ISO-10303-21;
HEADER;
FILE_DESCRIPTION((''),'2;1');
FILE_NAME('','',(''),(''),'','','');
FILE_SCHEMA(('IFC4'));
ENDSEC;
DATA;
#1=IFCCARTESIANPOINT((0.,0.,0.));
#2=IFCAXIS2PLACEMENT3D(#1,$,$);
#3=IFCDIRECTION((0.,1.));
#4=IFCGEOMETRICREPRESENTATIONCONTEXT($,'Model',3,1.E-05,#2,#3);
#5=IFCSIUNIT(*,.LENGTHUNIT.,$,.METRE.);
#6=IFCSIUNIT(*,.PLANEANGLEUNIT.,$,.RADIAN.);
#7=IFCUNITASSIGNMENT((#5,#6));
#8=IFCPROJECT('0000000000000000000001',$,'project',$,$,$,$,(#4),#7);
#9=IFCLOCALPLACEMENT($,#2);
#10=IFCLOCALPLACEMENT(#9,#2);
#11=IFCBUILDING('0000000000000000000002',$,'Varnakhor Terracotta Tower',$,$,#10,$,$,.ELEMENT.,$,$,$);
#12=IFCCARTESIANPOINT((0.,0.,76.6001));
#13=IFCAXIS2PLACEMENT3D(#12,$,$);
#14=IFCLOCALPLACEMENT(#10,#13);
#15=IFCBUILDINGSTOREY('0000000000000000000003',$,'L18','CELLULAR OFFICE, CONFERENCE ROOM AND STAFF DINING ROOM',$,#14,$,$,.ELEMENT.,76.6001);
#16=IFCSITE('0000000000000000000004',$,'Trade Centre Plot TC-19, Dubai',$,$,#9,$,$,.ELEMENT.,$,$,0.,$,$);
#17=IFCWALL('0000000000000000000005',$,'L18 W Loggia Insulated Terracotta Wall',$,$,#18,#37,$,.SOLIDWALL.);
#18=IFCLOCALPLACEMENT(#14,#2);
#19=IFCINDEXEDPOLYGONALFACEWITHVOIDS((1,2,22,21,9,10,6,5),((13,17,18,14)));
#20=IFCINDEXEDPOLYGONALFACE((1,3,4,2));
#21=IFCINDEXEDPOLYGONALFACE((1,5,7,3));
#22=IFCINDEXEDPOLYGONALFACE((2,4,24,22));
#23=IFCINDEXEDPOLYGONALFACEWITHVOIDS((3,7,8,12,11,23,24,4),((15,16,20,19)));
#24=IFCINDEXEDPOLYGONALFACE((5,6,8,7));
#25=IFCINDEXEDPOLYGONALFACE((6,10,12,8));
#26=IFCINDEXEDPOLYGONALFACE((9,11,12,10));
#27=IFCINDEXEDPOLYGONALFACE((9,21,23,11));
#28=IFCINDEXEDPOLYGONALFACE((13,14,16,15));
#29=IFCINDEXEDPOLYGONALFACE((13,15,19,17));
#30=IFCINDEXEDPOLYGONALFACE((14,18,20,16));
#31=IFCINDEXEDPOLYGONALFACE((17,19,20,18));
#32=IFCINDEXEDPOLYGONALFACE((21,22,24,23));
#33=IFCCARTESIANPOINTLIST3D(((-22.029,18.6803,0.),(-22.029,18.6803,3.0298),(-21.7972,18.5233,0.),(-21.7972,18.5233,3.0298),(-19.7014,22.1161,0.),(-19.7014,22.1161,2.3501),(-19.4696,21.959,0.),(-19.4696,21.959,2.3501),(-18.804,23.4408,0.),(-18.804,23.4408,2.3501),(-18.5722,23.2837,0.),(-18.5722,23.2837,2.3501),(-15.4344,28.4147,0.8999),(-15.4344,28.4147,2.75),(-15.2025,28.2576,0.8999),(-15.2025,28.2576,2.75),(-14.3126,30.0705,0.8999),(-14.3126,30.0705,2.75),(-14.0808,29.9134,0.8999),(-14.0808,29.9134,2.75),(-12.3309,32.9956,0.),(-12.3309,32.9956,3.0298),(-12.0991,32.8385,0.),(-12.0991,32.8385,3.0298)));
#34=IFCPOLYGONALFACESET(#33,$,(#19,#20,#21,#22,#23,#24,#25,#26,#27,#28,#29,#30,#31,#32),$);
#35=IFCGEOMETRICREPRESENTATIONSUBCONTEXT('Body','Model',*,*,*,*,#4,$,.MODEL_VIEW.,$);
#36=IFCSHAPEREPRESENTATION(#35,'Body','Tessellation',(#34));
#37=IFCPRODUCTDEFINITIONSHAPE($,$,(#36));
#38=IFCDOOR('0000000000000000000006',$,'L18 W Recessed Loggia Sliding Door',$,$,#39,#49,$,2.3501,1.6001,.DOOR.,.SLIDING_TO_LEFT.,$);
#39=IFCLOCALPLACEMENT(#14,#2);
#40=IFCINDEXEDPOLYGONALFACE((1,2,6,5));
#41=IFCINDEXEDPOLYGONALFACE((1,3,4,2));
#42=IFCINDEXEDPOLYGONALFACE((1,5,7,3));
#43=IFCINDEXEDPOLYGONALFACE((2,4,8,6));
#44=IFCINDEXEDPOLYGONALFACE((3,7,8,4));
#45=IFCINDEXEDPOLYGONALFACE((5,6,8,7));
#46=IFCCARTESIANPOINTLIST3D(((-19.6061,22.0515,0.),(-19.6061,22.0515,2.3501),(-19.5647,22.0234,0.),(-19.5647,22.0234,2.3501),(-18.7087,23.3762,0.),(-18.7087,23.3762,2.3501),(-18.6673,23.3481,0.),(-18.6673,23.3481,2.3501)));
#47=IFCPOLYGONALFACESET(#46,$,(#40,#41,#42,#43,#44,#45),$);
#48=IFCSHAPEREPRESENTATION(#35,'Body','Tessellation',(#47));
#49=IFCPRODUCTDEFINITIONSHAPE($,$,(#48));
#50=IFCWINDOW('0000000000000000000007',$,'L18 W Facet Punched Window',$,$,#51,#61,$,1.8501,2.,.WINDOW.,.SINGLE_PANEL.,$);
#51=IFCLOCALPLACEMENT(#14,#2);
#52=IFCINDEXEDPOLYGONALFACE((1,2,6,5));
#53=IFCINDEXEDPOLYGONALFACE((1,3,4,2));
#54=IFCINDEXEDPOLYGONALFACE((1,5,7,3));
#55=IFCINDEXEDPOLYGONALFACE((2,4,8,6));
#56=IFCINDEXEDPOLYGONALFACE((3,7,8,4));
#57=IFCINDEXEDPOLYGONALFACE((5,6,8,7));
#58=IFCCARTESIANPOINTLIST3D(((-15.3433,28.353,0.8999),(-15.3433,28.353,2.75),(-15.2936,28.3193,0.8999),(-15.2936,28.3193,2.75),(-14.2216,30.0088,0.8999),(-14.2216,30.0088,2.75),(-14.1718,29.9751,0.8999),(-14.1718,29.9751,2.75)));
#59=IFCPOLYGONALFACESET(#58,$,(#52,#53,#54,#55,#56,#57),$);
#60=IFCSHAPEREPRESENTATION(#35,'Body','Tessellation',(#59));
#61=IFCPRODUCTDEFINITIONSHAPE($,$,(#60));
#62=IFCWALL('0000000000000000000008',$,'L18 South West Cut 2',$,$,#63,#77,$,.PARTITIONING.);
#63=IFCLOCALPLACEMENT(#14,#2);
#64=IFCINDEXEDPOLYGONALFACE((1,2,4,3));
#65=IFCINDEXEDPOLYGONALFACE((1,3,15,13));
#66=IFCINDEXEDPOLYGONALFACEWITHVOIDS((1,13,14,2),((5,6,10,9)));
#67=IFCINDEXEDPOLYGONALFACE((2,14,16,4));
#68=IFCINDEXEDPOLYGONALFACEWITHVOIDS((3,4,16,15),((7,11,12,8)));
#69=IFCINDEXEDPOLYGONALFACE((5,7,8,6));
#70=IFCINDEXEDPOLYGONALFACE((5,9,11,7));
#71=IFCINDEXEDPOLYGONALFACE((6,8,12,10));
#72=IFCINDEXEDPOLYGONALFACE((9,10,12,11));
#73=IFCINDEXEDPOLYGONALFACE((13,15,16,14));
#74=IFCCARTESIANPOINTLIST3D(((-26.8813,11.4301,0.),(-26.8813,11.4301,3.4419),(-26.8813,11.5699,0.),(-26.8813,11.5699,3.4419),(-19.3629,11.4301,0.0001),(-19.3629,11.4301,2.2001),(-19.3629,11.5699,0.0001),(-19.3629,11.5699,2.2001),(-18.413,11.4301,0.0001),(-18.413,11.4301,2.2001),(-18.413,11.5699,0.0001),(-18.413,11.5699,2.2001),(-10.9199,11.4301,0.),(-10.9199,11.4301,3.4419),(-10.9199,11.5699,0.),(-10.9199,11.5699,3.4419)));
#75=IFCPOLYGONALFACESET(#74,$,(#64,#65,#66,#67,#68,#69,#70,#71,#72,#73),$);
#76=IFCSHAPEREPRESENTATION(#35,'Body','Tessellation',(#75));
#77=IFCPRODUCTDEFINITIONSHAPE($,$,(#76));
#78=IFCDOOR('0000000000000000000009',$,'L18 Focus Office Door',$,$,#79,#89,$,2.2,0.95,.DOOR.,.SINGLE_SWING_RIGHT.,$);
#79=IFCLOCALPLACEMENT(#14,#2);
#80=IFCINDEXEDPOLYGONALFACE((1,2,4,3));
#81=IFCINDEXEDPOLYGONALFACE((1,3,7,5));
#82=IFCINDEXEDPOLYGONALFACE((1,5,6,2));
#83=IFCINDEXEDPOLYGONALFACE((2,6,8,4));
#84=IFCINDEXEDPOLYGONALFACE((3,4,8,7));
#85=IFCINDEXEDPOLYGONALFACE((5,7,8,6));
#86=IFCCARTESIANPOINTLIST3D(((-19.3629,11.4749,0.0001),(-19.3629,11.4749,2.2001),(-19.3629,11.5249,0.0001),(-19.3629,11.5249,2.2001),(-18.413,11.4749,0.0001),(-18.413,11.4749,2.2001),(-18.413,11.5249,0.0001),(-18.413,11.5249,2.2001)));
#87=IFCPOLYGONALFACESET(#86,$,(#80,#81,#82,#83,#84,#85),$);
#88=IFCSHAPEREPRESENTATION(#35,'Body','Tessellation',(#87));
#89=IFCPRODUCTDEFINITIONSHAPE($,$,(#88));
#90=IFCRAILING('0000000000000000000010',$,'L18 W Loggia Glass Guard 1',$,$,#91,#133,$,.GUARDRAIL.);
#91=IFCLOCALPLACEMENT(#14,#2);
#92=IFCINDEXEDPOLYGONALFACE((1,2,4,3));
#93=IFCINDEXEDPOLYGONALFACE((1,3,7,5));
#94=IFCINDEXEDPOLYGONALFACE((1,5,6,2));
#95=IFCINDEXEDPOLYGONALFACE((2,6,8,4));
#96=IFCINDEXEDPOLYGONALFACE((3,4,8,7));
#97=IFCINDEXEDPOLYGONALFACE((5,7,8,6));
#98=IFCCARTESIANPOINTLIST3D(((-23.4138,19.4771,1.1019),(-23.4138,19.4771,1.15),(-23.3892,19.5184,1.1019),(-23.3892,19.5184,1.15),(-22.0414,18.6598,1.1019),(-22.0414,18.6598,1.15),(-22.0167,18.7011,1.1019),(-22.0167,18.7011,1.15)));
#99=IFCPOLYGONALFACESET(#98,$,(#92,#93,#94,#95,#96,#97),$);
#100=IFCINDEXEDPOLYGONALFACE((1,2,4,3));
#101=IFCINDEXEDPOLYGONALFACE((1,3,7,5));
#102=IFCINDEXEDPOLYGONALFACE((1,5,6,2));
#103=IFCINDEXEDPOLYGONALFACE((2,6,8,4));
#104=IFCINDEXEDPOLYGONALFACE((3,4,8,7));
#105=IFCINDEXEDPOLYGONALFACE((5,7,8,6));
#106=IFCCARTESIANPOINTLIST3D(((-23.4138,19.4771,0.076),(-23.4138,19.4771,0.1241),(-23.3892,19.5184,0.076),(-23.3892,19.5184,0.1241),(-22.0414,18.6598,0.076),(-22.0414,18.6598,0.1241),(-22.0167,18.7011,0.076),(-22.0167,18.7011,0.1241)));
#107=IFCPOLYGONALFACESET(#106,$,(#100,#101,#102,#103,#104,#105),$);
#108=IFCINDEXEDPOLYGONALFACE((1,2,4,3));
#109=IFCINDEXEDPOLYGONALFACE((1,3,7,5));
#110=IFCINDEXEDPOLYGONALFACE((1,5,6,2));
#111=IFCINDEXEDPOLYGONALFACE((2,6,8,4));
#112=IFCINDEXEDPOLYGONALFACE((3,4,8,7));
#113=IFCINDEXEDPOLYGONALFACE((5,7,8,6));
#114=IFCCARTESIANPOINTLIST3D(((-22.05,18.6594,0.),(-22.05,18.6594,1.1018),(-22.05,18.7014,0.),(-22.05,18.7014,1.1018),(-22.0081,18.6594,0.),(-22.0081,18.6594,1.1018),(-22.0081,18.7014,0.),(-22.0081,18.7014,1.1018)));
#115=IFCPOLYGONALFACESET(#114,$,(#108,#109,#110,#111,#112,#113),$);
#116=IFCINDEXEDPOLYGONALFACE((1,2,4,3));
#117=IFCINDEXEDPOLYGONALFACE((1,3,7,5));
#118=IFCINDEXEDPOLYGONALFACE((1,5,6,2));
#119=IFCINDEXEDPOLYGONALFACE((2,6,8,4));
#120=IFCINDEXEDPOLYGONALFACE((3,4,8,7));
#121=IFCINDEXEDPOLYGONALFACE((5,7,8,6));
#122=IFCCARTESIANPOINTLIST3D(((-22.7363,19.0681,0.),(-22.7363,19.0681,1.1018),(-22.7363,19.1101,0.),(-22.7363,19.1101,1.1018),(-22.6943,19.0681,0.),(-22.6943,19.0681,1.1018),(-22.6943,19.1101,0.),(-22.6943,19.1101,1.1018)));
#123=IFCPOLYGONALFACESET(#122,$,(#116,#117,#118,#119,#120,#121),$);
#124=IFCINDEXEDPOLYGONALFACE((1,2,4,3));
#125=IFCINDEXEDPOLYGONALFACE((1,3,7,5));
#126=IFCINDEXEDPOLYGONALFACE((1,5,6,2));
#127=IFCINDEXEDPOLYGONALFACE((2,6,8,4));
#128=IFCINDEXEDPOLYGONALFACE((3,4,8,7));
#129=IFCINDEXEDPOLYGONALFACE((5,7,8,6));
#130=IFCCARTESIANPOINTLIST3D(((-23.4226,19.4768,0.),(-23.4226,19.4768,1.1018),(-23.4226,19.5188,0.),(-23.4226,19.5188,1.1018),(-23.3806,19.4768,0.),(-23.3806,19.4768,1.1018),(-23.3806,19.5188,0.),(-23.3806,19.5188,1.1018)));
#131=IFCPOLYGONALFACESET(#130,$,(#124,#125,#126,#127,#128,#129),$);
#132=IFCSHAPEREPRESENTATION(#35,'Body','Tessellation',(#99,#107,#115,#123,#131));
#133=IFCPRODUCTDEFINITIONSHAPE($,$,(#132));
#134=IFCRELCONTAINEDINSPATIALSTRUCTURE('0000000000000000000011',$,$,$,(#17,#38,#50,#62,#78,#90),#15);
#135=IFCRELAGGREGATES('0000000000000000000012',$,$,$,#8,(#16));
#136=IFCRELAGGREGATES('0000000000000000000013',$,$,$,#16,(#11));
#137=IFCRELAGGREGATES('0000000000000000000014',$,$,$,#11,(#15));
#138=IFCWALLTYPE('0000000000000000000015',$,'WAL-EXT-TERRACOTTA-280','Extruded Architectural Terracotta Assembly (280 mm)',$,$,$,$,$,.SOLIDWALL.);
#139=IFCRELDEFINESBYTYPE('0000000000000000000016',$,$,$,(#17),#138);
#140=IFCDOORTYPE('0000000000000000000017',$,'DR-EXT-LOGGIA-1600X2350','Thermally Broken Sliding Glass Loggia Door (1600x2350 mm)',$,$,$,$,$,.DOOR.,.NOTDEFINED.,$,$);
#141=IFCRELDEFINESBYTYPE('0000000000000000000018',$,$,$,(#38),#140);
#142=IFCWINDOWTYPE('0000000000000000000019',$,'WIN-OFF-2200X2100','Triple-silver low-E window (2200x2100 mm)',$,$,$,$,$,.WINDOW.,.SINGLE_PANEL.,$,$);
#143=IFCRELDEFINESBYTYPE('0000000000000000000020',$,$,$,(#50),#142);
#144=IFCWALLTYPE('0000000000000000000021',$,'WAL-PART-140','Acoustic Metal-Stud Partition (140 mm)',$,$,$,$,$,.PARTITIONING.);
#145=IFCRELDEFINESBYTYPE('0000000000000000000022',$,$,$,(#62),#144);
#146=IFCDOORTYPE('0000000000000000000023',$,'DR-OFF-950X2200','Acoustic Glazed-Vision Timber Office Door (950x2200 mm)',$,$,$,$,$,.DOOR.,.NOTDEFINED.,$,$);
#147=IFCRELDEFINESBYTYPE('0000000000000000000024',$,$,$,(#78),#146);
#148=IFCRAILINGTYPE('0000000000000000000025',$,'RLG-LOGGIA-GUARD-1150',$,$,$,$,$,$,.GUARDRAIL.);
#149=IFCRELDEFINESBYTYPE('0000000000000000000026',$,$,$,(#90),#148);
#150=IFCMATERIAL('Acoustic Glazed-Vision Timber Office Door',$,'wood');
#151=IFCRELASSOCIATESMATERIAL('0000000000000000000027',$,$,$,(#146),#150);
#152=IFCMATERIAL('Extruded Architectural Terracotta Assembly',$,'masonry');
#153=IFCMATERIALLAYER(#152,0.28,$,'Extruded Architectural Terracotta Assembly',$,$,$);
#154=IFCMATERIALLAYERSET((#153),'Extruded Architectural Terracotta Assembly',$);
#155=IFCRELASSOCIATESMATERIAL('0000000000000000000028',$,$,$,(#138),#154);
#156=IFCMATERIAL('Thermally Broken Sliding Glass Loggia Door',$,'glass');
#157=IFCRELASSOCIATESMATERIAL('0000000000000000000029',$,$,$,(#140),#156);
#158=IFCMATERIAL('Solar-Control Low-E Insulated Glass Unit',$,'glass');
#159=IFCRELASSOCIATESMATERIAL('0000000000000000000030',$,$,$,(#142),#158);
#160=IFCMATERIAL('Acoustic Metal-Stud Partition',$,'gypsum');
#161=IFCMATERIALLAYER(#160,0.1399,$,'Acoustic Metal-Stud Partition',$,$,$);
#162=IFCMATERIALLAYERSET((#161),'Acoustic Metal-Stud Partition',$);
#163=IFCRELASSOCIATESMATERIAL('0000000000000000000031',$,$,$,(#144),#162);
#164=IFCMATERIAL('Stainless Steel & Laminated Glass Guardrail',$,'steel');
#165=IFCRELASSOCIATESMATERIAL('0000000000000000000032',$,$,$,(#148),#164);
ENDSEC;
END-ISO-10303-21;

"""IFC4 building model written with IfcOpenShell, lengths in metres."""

from ifc_helpers import new_model, si_unit, direction, frame, frame_2d, origin, origin_2d, place, context, subcontext, project, spatial, rectangle, extrude, source, transform, mapped, material, layer, layer_set, type_object, type_shapes, element, fill, save


model = new_model("IFC4")

# Units and contexts
model_context = context("Model", 3, precision=1e-05, world=origin(), true_north=direction((0.0, 1.0)))
body_context = subcontext(model_context, "Body", "Model", "MODEL_VIEW")
ifc_project = project(units=[si_unit("LENGTHUNIT", "METRE"), si_unit("PLANEANGLEUNIT", "RADIAN")], contexts=[model_context])

# Site, building, storey
site_placement = place(None, origin())
site = spatial("IfcSite", under=ifc_project, at=site_placement, Name="Trade Centre Plot TC-19, Dubai", CompositionType="ELEMENT", RefElevation=0.0)
building_placement = place(site_placement, origin())
building = spatial("IfcBuilding", under=site, at=building_placement, Name="Varnakhor Terracotta Tower", CompositionType="ELEMENT")
storey_placement = place(building_placement, frame((0.0, 0.0, 76.6001)))
storey = spatial("IfcBuildingStorey", under=building, at=storey_placement, Name="L18", Description="CELLULAR OFFICE, CONFERENCE ROOM AND STAFF DINING ROOM", CompositionType="ELEMENT", Elevation=76.6001)

# Shared definitions
ifc_material_1 = material(Name="Acoustic Glazed-Vision Timber Office Door", Category="wood")
door_type_1 = type_object("IfcDoorType", Name="DR-OFF-950X2200", Description="Acoustic Glazed-Vision Timber Office Door (950x2200 mm)", OperationType="NOTDEFINED", PredefinedType="DOOR", material=ifc_material_1)
shared_shape_1 = source(origin(), body_context, "Body", "SweptSolid", [
    extrude(rectangle(XDim=0.95, YDim=2.2, at=frame_2d((0.4751, 1.1001))), frame((0.0, 0.0249, 0.0), z_axis=(0.0, -1.0, 0.0), x_axis=(1.0, 0.0, 0.0)), (0.0, 0.0, 1.0), 0.05),
])
type_shapes(door_type_1, [shared_shape_1])

# Wall, openings, door, window
ifc_material_2 = material(Name="Extruded Architectural Terracotta Assembly", Category="masonry")
ifc_layer_1 = layer(ifc_material_2, 0.28, Name="Extruded Architectural Terracotta Assembly")
ifc_layer_set_1 = layer_set([ifc_layer_1], Name="Extruded Architectural Terracotta Assembly")
wall_type_1 = type_object("IfcWallType", Name="WAL-EXT-TERRACOTTA-280", Description="Extruded Architectural Terracotta Assembly (280 mm)", PredefinedType="SOLIDWALL", material=ifc_layer_set_1)
wall_1_placement = place(storey_placement, frame((-21.9131, 18.6018, 0.0), z_axis=(0.0, 0.0, 1.0), x_axis=(0.560872, 0.827902, 0.0)))
wall_1 = element("IfcWall", 1, at=wall_1_placement, inside=storey, type_object=wall_type_1, Name="L18 W Loggia Insulated Terracotta Wall", PredefinedType="SOLIDWALL", context=body_context, shape_type="SweptSolid", body=[
    extrude(rectangle(XDim=17.291, YDim=0.28, at=frame_2d((8.6455, 0.0))), origin(), (0.0, 0.0, 1.0), 3.0298),
])
opening_1_placement = place(wall_1_placement, frame((4.1499, 0.0, 0.0)))
opening_1 = element("IfcOpeningElement", 2, at=opening_1_placement, cuts=wall_1, PredefinedType="OPENING", context=body_context, shape_type="SweptSolid", body=[
    extrude(rectangle(XDim=1.6001, YDim=2.3501, at=frame_2d((0.8, 1.175))), frame((0.0, 0.1499, 0.0), z_axis=(0.0, -1.0, 0.0), x_axis=(1.0, 0.0, 0.0)), (0.0, 0.0, 1.0), 0.3),
])
opening_2_placement = place(wall_1_placement, frame((11.7578, 0.0, 0.8999)))
opening_2 = element("IfcOpeningElement", 3, at=opening_2_placement, cuts=wall_1, PredefinedType="OPENING", context=body_context, shape_type="SweptSolid", body=[
    extrude(rectangle(XDim=2.0, YDim=1.8501, at=frame_2d((1.0, 0.925))), frame((0.0, 0.1499, 0.0), z_axis=(0.0, -1.0, 0.0), x_axis=(1.0, 0.0, 0.0)), (0.0, 0.0, 1.0), 0.3),
])
ifc_material_3 = material(Name="Thermally Broken Sliding Glass Loggia Door", Category="glass")
door_type_2 = type_object("IfcDoorType", Name="DR-EXT-LOGGIA-1600X2350", Description="Thermally Broken Sliding Glass Loggia Door (1600x2350 mm)", OperationType="NOTDEFINED", PredefinedType="DOOR", material=ifc_material_3)
shared_shape_2 = source(origin(), body_context, "Body", "SweptSolid", [
    extrude(rectangle(XDim=1.6001, YDim=2.3501, at=frame_2d((0.8, 1.175))), frame((0.0, 0.0249, 0.0), z_axis=(0.0, -1.0, 0.0), x_axis=(1.0, 0.0, 0.0)), (0.0, 0.0, 1.0), 0.05),
])
type_shapes(door_type_2, [shared_shape_2])
door_1_placement = place(opening_1_placement, origin())
door_1 = element("IfcDoor", 4, at=door_1_placement, inside=storey, type_object=door_type_2, Name="L18 W Recessed Loggia Sliding Door", OperationType="SLIDING_TO_LEFT", OverallHeight=2.3501, OverallWidth=1.6001, PredefinedType="DOOR", context=body_context, shape_type="MappedRepresentation", body=[
    mapped(shared_shape_2, transform((0.0, 0.0, 0.0), scale=1.0)),
])
fill(opening_1, door_1)
ifc_material_4 = material(Name="Solar-Control Low-E Insulated Glass Unit", Category="glass")
window_type = type_object("IfcWindowType", Name="WIN-OFF-2200X2100", Description="Triple-silver low-E window (2200x2100 mm)", PartitioningType="SINGLE_PANEL", PredefinedType="WINDOW", material=ifc_material_4)
shared_shape_3 = source(origin(), body_context, "Body", "SweptSolid", [
    extrude(rectangle(XDim=2.0, YDim=1.8501, at=frame_2d((1.0, 0.925))), frame((0.0, 0.03, 0.0), z_axis=(0.0, -1.0, 0.0), x_axis=(1.0, 0.0, 0.0)), (0.0, 0.0, 1.0), 0.0601),
])
type_shapes(window_type, [shared_shape_3])
window_placement = place(opening_2_placement, origin())
window = element("IfcWindow", 5, at=window_placement, inside=storey, type_object=window_type, Name="L18 W Facet Punched Window", OverallHeight=1.8501, OverallWidth=2.0, PartitioningType="SINGLE_PANEL", PredefinedType="WINDOW", context=body_context, shape_type="MappedRepresentation", body=[
    mapped(shared_shape_3, transform((0.0, 0.0, 0.0), scale=1.0)),
])
fill(opening_2, window)

# Wall, opening, door
ifc_material_5 = material(Name="Acoustic Metal-Stud Partition", Category="gypsum")
ifc_layer_2 = layer(ifc_material_5, 0.1399, Name="Acoustic Metal-Stud Partition")
ifc_layer_set_2 = layer_set([ifc_layer_2], Name="Acoustic Metal-Stud Partition")
wall_type_2 = type_object("IfcWallType", Name="WAL-PART-140", Description="Acoustic Metal-Stud Partition (140 mm)", PredefinedType="PARTITIONING", material=ifc_layer_set_2)
wall_2_placement = place(storey_placement, frame((-26.8813, 11.5, 0.0), z_axis=(0.0, 0.0, 1.0), x_axis=(1.0, 0.0, 0.0)))
wall_2 = element("IfcWall", 6, at=wall_2_placement, inside=storey, type_object=wall_type_2, Name="L18 South West Cut 2", PredefinedType="PARTITIONING", context=body_context, shape_type="SweptSolid", body=[
    extrude(rectangle(XDim=15.9614, YDim=0.1399, at=frame_2d((7.9807, 0.0))), origin(), (0.0, 0.0, 1.0), 3.4419),
])
opening_3_placement = place(wall_2_placement, frame((7.5183, 0.0, 0.0)))
opening_3 = element("IfcOpeningElement", 7, at=opening_3_placement, cuts=wall_2, PredefinedType="OPENING", context=body_context, shape_type="SweptSolid", body=[
    extrude(rectangle(XDim=0.95, YDim=2.2, at=frame_2d((0.4751, 1.1001))), frame((0.0, 0.0801, 0.0), z_axis=(0.0, -1.0, 0.0), x_axis=(1.0, 0.0, 0.0)), (0.0, 0.0, 1.0), 0.1599),
])
door_2_placement = place(opening_3_placement, origin())
door_2 = element("IfcDoor", 8, at=door_2_placement, inside=storey, type_object=door_type_1, Name="L18 Focus Office Door", OperationType="SINGLE_SWING_RIGHT", OverallHeight=2.2, OverallWidth=0.95, PredefinedType="DOOR", context=body_context, shape_type="MappedRepresentation", body=[
    mapped(shared_shape_1, transform((0.0, 0.0, 0.0), scale=1.0)),
])
fill(opening_3, door_2)

# Railing
ifc_material_6 = material(Name="Stainless Steel & Laminated Glass Guardrail", Category="steel")
railing_type = type_object("IfcRailingType", Name="RLG-LOGGIA-GUARD-1150", PredefinedType="GUARDRAIL", material=ifc_material_6)
railing_1_placement = place(storey_placement, frame((-22.0291, 18.6804, 0.0)))
element("IfcRailing", 9, at=railing_1_placement, inside=storey, type_object=railing_type, Name="L18 W Loggia Glass Guard 1", PredefinedType="GUARDRAIL", context=body_context, shape_type="SweptSolid", body=[
    extrude(rectangle(XDim=0.0481, YDim=0.0481, at=origin_2d()), frame((0.0, 0.0, 1.126), z_axis=(-0.859187, 0.511661, 0.0), x_axis=(-0.511661, -0.859187, 0.0)), (0.0, 0.0, 1.0), 1.5974),
    extrude(rectangle(XDim=0.0481, YDim=0.0481, at=origin_2d()), frame((0.0, 0.0, 0.1001), z_axis=(-0.859187, 0.511661, 0.0), x_axis=(-0.511661, -0.859187, 0.0)), (0.0, 0.0, 1.0), 1.5974),
    extrude(rectangle(XDim=0.042, YDim=0.042, at=origin_2d()), origin(), (0.0, 0.0, 1.0), 1.1018),
    extrude(rectangle(XDim=0.042, YDim=0.042, at=origin_2d()), frame((-0.6863, 0.4087, 0.0)), (0.0, 0.0, 1.0), 1.1018),
    extrude(rectangle(XDim=0.042, YDim=0.042, at=origin_2d()), frame((-1.3726, 0.8174, 0.0)), (0.0, 0.0, 1.0), 1.1018),
])

save(model, "model.ifc")
